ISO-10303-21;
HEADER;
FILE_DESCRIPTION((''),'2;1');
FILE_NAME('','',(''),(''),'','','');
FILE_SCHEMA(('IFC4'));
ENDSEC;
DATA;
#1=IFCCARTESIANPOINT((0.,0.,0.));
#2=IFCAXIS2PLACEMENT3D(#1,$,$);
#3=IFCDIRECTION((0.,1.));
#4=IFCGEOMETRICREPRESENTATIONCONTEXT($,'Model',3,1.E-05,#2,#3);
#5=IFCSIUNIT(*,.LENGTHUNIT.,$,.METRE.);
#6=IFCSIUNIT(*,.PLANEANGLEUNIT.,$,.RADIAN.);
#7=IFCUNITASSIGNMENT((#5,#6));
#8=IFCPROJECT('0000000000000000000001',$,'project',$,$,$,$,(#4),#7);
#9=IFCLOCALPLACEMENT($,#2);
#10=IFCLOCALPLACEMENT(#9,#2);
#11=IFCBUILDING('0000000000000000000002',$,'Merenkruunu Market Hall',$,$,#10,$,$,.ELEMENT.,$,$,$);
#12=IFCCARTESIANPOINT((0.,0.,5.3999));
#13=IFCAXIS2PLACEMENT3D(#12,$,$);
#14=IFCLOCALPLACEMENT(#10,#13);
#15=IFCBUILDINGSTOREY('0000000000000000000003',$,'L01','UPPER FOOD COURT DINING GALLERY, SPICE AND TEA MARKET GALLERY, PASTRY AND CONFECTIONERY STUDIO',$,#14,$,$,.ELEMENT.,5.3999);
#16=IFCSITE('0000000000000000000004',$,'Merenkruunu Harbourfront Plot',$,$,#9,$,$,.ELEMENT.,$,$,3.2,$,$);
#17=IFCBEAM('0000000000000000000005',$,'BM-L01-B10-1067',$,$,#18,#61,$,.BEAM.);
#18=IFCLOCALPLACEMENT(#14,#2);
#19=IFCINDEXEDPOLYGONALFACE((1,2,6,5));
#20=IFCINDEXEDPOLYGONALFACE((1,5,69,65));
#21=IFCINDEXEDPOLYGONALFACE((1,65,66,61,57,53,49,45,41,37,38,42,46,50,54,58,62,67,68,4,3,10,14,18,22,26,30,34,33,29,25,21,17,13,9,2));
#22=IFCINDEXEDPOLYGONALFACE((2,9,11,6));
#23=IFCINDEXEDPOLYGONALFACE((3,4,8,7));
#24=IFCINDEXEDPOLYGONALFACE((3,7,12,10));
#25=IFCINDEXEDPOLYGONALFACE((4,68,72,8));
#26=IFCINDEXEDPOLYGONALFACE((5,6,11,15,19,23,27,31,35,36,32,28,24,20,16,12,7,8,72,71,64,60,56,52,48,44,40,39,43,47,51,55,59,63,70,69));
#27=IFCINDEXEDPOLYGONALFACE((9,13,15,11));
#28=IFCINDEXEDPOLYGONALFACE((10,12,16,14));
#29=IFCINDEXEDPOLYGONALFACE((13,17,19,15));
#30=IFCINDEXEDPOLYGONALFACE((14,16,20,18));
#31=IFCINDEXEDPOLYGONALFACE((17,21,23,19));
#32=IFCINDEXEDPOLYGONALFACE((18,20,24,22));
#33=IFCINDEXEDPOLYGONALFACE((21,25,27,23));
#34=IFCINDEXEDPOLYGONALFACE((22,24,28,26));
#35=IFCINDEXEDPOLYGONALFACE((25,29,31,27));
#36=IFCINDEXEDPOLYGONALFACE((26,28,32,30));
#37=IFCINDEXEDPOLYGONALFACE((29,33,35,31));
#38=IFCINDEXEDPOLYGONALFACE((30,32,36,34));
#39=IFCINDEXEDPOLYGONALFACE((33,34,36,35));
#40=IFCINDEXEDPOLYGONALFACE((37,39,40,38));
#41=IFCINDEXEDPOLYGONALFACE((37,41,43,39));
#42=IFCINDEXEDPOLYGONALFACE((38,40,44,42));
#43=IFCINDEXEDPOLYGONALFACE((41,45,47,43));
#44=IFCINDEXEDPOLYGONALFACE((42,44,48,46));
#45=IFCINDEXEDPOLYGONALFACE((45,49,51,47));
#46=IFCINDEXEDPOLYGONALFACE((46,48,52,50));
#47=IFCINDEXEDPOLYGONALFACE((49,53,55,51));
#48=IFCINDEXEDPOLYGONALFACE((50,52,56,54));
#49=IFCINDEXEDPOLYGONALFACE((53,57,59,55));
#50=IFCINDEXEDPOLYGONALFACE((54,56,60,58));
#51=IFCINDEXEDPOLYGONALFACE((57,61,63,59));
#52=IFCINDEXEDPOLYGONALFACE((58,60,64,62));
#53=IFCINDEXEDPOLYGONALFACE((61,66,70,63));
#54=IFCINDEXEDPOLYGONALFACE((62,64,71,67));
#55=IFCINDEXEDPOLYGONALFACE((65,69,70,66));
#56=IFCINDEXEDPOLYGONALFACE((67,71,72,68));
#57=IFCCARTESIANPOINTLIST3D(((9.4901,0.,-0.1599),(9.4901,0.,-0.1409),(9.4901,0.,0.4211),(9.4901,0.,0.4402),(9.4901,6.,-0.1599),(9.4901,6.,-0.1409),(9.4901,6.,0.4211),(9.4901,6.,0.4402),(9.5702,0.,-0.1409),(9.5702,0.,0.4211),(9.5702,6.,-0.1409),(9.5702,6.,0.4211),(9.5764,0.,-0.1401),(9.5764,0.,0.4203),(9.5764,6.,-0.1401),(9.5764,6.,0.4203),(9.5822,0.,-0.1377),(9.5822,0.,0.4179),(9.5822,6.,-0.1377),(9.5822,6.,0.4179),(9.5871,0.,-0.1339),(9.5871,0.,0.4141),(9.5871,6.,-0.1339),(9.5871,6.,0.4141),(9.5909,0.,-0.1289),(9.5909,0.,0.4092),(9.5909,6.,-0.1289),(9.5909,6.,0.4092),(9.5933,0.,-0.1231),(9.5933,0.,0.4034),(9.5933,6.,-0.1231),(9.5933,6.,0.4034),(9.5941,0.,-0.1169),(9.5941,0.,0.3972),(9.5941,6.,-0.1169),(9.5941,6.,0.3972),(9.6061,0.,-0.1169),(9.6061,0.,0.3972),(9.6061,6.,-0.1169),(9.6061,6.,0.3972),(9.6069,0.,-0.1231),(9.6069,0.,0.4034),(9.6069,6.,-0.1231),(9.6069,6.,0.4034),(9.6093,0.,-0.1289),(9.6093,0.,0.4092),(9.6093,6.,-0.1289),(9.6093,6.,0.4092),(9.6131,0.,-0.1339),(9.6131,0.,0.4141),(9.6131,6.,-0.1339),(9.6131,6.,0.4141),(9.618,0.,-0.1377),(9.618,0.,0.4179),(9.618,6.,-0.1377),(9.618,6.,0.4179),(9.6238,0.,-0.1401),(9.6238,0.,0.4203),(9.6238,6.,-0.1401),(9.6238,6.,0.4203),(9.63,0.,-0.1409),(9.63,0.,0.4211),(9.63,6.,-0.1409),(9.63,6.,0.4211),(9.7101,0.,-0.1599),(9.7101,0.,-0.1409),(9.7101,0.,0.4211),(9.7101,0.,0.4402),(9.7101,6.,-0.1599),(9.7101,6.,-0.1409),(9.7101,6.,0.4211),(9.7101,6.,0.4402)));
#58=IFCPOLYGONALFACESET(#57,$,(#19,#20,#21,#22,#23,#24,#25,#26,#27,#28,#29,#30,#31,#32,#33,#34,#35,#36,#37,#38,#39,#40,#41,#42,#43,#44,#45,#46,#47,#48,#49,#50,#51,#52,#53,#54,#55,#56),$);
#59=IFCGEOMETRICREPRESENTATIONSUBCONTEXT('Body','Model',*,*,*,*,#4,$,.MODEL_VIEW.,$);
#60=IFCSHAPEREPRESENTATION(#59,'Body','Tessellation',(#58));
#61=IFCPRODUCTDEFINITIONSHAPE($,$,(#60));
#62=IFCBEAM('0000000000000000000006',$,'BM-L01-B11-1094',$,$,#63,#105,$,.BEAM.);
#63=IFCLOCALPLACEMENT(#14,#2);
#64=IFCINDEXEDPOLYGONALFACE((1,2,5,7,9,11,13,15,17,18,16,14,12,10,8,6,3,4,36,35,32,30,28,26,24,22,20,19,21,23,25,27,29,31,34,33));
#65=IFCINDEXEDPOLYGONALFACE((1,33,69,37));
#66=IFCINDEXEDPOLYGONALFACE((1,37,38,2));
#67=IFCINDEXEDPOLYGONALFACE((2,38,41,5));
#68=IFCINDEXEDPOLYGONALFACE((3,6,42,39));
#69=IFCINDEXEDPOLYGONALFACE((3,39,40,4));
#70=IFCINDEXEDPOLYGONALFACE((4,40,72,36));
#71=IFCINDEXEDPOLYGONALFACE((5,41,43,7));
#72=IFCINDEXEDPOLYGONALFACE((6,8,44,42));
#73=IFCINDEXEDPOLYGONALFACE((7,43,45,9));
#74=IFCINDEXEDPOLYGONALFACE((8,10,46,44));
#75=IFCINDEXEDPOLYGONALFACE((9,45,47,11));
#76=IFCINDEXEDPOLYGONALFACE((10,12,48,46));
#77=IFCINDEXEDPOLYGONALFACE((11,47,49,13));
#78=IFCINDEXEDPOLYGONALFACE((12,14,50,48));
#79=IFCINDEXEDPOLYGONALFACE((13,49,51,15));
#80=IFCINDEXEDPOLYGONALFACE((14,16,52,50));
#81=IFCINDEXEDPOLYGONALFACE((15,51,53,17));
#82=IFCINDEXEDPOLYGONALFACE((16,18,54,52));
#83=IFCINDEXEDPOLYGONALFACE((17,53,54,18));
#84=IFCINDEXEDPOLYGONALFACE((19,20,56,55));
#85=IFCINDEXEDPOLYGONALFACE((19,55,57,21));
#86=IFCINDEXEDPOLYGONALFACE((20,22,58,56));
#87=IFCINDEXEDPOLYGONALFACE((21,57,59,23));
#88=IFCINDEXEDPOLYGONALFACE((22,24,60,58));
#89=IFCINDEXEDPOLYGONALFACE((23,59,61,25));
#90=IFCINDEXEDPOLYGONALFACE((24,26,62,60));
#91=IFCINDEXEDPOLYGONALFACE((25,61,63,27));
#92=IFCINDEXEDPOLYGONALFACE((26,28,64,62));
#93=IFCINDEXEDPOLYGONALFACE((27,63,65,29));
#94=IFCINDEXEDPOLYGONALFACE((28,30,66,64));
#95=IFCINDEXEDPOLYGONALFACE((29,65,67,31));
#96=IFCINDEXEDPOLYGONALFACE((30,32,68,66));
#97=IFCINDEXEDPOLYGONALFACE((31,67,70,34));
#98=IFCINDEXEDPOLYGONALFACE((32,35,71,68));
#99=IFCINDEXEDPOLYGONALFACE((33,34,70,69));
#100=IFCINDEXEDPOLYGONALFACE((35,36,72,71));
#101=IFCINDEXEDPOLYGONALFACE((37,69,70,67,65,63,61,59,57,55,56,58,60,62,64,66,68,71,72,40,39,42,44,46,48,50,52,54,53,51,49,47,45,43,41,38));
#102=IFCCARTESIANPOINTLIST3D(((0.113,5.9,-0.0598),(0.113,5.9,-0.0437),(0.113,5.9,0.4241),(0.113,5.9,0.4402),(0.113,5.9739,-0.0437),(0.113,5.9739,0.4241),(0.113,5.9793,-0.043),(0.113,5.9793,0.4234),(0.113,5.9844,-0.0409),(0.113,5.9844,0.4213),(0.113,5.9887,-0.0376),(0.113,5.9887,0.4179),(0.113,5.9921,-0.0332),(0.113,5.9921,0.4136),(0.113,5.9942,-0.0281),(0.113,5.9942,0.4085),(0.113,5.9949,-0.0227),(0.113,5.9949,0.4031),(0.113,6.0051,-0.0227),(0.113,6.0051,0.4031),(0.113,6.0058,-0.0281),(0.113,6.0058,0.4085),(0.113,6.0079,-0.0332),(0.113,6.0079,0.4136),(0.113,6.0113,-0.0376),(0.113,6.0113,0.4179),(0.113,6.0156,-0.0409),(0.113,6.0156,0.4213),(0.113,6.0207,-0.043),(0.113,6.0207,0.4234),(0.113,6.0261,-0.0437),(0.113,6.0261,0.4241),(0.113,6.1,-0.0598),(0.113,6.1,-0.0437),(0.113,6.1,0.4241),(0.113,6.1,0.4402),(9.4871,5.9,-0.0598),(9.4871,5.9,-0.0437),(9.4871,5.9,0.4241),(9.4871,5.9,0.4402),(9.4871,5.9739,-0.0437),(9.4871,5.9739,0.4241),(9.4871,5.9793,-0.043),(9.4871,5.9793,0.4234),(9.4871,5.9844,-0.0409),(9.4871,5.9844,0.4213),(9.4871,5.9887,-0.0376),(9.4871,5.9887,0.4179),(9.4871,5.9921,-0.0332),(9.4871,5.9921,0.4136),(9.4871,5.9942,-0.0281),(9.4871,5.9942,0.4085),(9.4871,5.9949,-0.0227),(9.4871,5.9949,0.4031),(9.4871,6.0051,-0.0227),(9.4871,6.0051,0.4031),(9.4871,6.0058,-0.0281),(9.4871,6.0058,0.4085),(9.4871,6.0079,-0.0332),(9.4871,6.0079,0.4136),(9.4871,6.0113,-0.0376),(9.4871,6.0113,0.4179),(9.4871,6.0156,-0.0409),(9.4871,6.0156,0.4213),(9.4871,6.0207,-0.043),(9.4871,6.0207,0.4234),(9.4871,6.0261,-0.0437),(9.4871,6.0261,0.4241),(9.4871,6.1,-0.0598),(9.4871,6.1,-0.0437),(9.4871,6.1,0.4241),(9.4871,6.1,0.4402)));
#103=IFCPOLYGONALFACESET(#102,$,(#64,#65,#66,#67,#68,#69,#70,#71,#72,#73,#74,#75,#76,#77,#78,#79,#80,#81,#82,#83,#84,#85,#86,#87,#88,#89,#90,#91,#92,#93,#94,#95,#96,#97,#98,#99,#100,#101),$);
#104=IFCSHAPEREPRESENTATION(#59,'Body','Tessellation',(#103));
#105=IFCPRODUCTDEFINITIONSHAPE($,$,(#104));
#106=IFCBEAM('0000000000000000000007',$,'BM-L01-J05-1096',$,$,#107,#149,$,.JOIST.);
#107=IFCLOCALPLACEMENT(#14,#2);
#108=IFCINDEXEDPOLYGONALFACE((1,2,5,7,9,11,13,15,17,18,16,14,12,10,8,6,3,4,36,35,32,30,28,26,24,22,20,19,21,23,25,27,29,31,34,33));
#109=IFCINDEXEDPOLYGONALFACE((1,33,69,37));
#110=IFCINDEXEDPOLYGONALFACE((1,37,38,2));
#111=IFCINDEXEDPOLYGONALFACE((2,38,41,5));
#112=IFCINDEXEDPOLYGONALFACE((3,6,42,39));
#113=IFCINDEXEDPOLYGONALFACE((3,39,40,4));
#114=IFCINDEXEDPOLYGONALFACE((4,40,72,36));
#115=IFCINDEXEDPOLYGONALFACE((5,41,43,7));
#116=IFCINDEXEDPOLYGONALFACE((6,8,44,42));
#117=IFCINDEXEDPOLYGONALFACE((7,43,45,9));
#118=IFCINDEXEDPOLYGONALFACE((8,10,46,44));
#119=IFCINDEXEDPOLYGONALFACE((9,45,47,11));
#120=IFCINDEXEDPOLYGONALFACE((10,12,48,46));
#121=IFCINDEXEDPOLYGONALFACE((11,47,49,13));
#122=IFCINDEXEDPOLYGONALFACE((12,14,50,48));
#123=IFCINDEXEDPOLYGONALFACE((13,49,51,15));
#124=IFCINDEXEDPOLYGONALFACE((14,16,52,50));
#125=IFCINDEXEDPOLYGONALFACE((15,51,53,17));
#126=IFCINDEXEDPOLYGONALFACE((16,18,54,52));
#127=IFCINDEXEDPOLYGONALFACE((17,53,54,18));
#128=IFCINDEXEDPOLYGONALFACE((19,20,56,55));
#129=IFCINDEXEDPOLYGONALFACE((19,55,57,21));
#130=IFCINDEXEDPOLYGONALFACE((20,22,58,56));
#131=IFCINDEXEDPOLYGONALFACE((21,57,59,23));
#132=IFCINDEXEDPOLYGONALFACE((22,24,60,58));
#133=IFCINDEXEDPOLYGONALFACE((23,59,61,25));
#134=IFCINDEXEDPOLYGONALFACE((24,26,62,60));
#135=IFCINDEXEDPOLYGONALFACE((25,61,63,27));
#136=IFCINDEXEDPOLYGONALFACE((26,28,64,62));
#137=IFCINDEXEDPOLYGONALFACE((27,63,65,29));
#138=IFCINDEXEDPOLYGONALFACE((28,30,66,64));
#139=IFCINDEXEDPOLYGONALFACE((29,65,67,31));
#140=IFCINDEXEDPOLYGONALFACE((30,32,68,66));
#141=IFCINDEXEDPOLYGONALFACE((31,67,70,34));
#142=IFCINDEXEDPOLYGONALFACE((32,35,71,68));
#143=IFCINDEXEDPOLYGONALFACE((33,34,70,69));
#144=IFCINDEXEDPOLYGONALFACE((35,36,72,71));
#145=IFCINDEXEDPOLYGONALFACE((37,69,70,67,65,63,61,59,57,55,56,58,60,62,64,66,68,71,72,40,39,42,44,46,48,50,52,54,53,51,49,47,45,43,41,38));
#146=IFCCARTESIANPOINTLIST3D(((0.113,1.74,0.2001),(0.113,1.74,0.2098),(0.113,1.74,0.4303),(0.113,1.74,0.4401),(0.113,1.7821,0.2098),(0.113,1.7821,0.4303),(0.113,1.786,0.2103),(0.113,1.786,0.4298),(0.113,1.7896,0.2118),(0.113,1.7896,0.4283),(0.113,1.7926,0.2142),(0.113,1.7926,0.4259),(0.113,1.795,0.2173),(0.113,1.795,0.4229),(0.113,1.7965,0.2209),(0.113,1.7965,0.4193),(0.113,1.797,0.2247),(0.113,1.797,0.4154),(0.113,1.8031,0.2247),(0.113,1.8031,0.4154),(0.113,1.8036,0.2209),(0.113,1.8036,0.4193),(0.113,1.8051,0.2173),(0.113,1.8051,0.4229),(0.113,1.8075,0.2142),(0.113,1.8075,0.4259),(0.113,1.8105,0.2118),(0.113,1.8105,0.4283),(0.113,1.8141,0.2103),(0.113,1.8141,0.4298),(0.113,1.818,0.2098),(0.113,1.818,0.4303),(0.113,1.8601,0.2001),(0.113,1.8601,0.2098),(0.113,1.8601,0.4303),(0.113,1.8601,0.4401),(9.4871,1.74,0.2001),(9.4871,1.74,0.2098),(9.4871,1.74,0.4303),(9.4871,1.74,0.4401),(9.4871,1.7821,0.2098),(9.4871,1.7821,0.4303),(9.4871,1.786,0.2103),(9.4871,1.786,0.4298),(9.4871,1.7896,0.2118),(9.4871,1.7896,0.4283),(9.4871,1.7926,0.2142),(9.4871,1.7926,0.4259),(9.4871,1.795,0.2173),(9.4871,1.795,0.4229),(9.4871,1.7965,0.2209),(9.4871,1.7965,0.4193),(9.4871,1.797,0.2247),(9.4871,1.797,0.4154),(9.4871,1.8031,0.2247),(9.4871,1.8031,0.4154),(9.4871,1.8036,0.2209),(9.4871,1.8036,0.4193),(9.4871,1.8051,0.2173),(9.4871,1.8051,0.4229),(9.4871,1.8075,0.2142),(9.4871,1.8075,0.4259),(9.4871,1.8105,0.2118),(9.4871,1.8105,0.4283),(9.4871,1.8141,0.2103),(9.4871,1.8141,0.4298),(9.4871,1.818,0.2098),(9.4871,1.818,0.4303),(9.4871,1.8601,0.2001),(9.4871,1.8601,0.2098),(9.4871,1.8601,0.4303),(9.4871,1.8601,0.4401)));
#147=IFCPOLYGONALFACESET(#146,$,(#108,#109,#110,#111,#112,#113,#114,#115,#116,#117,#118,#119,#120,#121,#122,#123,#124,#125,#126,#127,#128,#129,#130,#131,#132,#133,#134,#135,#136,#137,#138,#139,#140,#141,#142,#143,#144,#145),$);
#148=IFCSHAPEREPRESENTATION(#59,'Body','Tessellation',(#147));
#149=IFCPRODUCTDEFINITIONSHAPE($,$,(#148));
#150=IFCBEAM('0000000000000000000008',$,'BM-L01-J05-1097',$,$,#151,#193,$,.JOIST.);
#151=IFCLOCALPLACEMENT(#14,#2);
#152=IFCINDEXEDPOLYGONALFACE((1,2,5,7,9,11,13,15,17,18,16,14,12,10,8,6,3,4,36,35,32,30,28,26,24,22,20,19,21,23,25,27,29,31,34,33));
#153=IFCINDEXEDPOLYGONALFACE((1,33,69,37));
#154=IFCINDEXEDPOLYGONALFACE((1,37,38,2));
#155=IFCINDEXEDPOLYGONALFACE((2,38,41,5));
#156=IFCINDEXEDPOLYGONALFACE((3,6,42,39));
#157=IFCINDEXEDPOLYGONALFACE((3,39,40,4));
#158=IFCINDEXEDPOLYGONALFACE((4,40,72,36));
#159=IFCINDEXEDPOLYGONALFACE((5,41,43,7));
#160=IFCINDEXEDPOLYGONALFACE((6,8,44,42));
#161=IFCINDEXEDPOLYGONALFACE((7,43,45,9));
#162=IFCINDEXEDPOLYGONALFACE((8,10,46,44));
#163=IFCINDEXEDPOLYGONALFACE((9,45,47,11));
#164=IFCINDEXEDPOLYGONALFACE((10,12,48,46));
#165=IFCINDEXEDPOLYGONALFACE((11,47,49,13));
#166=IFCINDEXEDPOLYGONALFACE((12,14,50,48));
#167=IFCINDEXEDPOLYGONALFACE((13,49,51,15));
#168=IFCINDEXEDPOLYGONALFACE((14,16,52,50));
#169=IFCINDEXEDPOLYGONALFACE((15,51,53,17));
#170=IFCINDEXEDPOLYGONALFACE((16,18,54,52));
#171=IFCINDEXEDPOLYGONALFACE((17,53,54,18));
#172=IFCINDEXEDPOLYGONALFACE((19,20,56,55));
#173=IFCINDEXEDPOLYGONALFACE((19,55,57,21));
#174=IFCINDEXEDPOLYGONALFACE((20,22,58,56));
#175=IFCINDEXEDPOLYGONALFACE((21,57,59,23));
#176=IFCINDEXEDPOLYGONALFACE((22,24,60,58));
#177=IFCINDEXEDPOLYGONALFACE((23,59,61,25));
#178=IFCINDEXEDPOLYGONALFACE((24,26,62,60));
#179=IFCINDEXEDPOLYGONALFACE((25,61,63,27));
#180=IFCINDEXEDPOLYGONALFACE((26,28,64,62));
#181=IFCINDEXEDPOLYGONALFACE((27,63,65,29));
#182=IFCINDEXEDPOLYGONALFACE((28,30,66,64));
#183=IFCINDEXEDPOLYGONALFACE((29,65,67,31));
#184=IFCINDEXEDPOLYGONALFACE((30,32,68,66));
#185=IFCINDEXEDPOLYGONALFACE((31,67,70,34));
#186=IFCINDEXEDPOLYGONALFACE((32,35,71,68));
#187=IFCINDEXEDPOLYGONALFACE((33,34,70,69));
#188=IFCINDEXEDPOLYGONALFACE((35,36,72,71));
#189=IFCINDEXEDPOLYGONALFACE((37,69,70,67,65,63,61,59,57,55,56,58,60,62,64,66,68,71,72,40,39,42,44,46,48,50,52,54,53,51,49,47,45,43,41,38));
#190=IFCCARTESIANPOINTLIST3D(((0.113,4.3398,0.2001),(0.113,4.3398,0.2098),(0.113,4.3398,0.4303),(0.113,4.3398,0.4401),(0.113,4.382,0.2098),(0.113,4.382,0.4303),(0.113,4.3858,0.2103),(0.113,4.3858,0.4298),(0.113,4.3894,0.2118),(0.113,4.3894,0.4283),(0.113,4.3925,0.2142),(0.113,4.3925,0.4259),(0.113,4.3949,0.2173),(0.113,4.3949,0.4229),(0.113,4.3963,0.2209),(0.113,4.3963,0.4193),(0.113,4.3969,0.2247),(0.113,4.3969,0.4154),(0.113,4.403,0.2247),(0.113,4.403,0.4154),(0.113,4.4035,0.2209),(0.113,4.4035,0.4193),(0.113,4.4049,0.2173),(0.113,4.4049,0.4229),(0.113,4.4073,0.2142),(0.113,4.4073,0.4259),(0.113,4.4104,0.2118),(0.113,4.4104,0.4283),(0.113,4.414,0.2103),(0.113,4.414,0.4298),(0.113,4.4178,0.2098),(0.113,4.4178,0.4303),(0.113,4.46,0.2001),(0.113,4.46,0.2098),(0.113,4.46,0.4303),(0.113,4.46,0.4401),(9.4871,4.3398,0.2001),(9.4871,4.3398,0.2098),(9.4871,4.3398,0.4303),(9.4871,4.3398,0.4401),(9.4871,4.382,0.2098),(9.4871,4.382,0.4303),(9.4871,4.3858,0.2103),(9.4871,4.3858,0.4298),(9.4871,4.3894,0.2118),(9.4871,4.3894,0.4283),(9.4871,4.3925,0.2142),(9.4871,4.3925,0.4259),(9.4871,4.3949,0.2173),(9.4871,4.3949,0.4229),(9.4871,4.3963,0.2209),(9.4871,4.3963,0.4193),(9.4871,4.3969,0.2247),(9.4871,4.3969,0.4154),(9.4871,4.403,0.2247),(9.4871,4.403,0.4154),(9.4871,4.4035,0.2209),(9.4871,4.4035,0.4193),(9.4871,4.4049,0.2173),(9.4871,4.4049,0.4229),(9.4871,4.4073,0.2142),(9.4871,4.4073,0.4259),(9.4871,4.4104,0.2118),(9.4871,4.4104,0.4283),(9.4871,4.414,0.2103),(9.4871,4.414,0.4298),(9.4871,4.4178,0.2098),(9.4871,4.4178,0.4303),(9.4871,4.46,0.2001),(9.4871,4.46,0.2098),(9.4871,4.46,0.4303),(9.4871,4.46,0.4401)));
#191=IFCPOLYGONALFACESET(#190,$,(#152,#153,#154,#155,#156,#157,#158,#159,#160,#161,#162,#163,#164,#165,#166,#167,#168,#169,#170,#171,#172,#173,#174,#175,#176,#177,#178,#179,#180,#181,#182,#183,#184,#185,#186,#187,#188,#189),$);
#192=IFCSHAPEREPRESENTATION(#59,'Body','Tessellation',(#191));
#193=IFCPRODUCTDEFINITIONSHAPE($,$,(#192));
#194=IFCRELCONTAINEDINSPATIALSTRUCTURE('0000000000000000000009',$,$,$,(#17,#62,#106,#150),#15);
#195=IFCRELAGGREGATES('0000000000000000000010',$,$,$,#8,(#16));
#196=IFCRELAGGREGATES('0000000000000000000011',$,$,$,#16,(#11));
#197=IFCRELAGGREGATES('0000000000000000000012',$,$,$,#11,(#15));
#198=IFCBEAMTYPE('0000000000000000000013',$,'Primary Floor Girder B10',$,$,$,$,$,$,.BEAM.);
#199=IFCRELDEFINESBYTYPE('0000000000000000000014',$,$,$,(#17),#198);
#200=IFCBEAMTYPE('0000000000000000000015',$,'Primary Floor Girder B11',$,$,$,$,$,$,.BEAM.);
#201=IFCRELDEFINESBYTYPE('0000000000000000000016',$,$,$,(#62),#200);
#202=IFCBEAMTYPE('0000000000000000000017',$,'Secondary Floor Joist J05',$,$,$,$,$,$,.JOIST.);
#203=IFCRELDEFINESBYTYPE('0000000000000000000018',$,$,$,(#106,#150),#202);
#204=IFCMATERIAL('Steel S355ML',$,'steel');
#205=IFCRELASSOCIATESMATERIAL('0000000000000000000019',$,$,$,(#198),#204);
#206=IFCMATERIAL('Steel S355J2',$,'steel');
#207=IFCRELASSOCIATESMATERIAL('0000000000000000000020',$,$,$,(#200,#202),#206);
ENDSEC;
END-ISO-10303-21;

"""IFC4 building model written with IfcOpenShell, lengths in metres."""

from ifc_helpers import new_model, si_unit, direction, frame, origin, origin_2d, place, context, subcontext, project, spatial, i_section, extrude, material, material_profile, profile_set, type_object, element, save


model = new_model("IFC4")

# Units and contexts
model_context = context("Model", 3, precision=1e-05, world=origin(), true_north=direction((0.0, 1.0)))
body_context = subcontext(model_context, "Body", "Model", "MODEL_VIEW")
ifc_project = project(units=[si_unit("LENGTHUNIT", "METRE"), si_unit("PLANEANGLEUNIT", "RADIAN")], contexts=[model_context])

# Site, building, storey
site_placement = place(None, origin())
site = spatial("IfcSite", under=ifc_project, at=site_placement, Name="Merenkruunu Harbourfront Plot", CompositionType="ELEMENT", RefElevation=3.2)
building_placement = place(site_placement, origin())
building = spatial("IfcBuilding", under=site, at=building_placement, Name="Merenkruunu Market Hall", CompositionType="ELEMENT")
storey_placement = place(building_placement, frame((0.0, 0.0, 5.3999)))
storey = spatial("IfcBuildingStorey", under=building, at=storey_placement, Name="L01", Description="UPPER FOOD COURT DINING GALLERY, SPICE AND TEA MARKET GALLERY, PASTRY AND CONFECTIONERY STUDIO", CompositionType="ELEMENT", Elevation=5.3999)

# Shared definitions
ifc_material_1 = material(Name="Steel S355J2", Category="steel")

# Beams
ifc_material_2 = material(Name="Steel S355ML", Category="steel")
ifc_material_profile_1 = material_profile(ifc_material_2, i_section(OverallWidth=0.22, OverallDepth=0.6001, WebThickness=0.012, FlangeThickness=0.019, FilletRadius=0.0239, at=origin_2d()), Name="IPE 600")
ifc_profile_set_1 = profile_set([ifc_material_profile_1], Name="Steel S355ML")
beam_type_1 = type_object("IfcBeamType", Name="Primary Floor Girder B10", PredefinedType="BEAM", material=ifc_profile_set_1)
beam_1_placement = place(storey_placement, frame((9.6001, 6.0, 0.1401), z_axis=(0.0, -1.0, 0.0), x_axis=(1.0, 0.0, 0.0)))
element("IfcBeam", 1, at=beam_1_placement, inside=storey, type_object=beam_type_1, Name="BM-L01-B10-1067", PredefinedType="BEAM", context=body_context, shape_type="SweptSolid", body=[
    extrude(i_section(OverallWidth=0.22, OverallDepth=0.6001, WebThickness=0.012, FlangeThickness=0.019, FilletRadius=0.0239, at=origin_2d()), origin(), (0.0, 0.0, 1.0), 6.0),
])
ifc_material_profile_2 = material_profile(ifc_material_1, i_section(OverallWidth=0.2, OverallDepth=0.5, WebThickness=0.0103, FlangeThickness=0.0161, FilletRadius=0.021, at=origin_2d()), Name="IPE 500")
ifc_profile_set_2 = profile_set([ifc_material_profile_2], Name="Steel S355J2")
beam_type_2 = type_object("IfcBeamType", Name="Primary Floor Girder B11", PredefinedType="BEAM", material=ifc_profile_set_2)
beam_2_placement = place(storey_placement, frame((0.113, 6.0, 0.1902), z_axis=(1.0, 0.0, 0.0), x_axis=(0.0, 1.0, 0.0)))
element("IfcBeam", 2, at=beam_2_placement, inside=storey, type_object=beam_type_2, Name="BM-L01-B11-1094", PredefinedType="BEAM", context=body_context, shape_type="SweptSolid", body=[
    extrude(i_section(OverallWidth=0.2, OverallDepth=0.5, WebThickness=0.0103, FlangeThickness=0.0161, FilletRadius=0.021, at=origin_2d()), origin(), (0.0, 0.0, 1.0), 9.374),
])
ifc_material_profile_3 = material_profile(ifc_material_1, i_section(OverallWidth=0.1201, OverallDepth=0.24, WebThickness=0.0061, FlangeThickness=0.0098, FilletRadius=0.0149, at=origin_2d()), Name="IPE 240")
ifc_profile_set_3 = profile_set([ifc_material_profile_3], Name="Steel S355J2")
beam_type_3 = type_object("IfcBeamType", Name="Secondary Floor Joist J05", PredefinedType="JOIST", material=ifc_profile_set_3)
for number, where, z_axis, x_axis, name in (
    (3, (0.113, 1.8, 0.3201), (1.0, 0.0, 0.0), (0.0, 1.0, 0.0), "BM-L01-J05-1096"),
    (4, (0.113, 4.3999, 0.3201), (1.0, 0.0, 0.0), (0.0, 1.0, 0.0), "BM-L01-J05-1097"),
):
    element("IfcBeam", number, at=place(storey_placement, frame(where, z_axis=z_axis, x_axis=x_axis)), inside=storey, type_object=beam_type_3, Name=name, PredefinedType="JOIST", context=body_context, shape_type="SweptSolid", body=[
        extrude(i_section(OverallWidth=0.1201, OverallDepth=0.24, WebThickness=0.0061, FlangeThickness=0.0098, FilletRadius=0.0149, at=origin_2d()), origin(), (0.0, 0.0, 1.0), 9.374),
    ])

save(model, "model.ifc")
